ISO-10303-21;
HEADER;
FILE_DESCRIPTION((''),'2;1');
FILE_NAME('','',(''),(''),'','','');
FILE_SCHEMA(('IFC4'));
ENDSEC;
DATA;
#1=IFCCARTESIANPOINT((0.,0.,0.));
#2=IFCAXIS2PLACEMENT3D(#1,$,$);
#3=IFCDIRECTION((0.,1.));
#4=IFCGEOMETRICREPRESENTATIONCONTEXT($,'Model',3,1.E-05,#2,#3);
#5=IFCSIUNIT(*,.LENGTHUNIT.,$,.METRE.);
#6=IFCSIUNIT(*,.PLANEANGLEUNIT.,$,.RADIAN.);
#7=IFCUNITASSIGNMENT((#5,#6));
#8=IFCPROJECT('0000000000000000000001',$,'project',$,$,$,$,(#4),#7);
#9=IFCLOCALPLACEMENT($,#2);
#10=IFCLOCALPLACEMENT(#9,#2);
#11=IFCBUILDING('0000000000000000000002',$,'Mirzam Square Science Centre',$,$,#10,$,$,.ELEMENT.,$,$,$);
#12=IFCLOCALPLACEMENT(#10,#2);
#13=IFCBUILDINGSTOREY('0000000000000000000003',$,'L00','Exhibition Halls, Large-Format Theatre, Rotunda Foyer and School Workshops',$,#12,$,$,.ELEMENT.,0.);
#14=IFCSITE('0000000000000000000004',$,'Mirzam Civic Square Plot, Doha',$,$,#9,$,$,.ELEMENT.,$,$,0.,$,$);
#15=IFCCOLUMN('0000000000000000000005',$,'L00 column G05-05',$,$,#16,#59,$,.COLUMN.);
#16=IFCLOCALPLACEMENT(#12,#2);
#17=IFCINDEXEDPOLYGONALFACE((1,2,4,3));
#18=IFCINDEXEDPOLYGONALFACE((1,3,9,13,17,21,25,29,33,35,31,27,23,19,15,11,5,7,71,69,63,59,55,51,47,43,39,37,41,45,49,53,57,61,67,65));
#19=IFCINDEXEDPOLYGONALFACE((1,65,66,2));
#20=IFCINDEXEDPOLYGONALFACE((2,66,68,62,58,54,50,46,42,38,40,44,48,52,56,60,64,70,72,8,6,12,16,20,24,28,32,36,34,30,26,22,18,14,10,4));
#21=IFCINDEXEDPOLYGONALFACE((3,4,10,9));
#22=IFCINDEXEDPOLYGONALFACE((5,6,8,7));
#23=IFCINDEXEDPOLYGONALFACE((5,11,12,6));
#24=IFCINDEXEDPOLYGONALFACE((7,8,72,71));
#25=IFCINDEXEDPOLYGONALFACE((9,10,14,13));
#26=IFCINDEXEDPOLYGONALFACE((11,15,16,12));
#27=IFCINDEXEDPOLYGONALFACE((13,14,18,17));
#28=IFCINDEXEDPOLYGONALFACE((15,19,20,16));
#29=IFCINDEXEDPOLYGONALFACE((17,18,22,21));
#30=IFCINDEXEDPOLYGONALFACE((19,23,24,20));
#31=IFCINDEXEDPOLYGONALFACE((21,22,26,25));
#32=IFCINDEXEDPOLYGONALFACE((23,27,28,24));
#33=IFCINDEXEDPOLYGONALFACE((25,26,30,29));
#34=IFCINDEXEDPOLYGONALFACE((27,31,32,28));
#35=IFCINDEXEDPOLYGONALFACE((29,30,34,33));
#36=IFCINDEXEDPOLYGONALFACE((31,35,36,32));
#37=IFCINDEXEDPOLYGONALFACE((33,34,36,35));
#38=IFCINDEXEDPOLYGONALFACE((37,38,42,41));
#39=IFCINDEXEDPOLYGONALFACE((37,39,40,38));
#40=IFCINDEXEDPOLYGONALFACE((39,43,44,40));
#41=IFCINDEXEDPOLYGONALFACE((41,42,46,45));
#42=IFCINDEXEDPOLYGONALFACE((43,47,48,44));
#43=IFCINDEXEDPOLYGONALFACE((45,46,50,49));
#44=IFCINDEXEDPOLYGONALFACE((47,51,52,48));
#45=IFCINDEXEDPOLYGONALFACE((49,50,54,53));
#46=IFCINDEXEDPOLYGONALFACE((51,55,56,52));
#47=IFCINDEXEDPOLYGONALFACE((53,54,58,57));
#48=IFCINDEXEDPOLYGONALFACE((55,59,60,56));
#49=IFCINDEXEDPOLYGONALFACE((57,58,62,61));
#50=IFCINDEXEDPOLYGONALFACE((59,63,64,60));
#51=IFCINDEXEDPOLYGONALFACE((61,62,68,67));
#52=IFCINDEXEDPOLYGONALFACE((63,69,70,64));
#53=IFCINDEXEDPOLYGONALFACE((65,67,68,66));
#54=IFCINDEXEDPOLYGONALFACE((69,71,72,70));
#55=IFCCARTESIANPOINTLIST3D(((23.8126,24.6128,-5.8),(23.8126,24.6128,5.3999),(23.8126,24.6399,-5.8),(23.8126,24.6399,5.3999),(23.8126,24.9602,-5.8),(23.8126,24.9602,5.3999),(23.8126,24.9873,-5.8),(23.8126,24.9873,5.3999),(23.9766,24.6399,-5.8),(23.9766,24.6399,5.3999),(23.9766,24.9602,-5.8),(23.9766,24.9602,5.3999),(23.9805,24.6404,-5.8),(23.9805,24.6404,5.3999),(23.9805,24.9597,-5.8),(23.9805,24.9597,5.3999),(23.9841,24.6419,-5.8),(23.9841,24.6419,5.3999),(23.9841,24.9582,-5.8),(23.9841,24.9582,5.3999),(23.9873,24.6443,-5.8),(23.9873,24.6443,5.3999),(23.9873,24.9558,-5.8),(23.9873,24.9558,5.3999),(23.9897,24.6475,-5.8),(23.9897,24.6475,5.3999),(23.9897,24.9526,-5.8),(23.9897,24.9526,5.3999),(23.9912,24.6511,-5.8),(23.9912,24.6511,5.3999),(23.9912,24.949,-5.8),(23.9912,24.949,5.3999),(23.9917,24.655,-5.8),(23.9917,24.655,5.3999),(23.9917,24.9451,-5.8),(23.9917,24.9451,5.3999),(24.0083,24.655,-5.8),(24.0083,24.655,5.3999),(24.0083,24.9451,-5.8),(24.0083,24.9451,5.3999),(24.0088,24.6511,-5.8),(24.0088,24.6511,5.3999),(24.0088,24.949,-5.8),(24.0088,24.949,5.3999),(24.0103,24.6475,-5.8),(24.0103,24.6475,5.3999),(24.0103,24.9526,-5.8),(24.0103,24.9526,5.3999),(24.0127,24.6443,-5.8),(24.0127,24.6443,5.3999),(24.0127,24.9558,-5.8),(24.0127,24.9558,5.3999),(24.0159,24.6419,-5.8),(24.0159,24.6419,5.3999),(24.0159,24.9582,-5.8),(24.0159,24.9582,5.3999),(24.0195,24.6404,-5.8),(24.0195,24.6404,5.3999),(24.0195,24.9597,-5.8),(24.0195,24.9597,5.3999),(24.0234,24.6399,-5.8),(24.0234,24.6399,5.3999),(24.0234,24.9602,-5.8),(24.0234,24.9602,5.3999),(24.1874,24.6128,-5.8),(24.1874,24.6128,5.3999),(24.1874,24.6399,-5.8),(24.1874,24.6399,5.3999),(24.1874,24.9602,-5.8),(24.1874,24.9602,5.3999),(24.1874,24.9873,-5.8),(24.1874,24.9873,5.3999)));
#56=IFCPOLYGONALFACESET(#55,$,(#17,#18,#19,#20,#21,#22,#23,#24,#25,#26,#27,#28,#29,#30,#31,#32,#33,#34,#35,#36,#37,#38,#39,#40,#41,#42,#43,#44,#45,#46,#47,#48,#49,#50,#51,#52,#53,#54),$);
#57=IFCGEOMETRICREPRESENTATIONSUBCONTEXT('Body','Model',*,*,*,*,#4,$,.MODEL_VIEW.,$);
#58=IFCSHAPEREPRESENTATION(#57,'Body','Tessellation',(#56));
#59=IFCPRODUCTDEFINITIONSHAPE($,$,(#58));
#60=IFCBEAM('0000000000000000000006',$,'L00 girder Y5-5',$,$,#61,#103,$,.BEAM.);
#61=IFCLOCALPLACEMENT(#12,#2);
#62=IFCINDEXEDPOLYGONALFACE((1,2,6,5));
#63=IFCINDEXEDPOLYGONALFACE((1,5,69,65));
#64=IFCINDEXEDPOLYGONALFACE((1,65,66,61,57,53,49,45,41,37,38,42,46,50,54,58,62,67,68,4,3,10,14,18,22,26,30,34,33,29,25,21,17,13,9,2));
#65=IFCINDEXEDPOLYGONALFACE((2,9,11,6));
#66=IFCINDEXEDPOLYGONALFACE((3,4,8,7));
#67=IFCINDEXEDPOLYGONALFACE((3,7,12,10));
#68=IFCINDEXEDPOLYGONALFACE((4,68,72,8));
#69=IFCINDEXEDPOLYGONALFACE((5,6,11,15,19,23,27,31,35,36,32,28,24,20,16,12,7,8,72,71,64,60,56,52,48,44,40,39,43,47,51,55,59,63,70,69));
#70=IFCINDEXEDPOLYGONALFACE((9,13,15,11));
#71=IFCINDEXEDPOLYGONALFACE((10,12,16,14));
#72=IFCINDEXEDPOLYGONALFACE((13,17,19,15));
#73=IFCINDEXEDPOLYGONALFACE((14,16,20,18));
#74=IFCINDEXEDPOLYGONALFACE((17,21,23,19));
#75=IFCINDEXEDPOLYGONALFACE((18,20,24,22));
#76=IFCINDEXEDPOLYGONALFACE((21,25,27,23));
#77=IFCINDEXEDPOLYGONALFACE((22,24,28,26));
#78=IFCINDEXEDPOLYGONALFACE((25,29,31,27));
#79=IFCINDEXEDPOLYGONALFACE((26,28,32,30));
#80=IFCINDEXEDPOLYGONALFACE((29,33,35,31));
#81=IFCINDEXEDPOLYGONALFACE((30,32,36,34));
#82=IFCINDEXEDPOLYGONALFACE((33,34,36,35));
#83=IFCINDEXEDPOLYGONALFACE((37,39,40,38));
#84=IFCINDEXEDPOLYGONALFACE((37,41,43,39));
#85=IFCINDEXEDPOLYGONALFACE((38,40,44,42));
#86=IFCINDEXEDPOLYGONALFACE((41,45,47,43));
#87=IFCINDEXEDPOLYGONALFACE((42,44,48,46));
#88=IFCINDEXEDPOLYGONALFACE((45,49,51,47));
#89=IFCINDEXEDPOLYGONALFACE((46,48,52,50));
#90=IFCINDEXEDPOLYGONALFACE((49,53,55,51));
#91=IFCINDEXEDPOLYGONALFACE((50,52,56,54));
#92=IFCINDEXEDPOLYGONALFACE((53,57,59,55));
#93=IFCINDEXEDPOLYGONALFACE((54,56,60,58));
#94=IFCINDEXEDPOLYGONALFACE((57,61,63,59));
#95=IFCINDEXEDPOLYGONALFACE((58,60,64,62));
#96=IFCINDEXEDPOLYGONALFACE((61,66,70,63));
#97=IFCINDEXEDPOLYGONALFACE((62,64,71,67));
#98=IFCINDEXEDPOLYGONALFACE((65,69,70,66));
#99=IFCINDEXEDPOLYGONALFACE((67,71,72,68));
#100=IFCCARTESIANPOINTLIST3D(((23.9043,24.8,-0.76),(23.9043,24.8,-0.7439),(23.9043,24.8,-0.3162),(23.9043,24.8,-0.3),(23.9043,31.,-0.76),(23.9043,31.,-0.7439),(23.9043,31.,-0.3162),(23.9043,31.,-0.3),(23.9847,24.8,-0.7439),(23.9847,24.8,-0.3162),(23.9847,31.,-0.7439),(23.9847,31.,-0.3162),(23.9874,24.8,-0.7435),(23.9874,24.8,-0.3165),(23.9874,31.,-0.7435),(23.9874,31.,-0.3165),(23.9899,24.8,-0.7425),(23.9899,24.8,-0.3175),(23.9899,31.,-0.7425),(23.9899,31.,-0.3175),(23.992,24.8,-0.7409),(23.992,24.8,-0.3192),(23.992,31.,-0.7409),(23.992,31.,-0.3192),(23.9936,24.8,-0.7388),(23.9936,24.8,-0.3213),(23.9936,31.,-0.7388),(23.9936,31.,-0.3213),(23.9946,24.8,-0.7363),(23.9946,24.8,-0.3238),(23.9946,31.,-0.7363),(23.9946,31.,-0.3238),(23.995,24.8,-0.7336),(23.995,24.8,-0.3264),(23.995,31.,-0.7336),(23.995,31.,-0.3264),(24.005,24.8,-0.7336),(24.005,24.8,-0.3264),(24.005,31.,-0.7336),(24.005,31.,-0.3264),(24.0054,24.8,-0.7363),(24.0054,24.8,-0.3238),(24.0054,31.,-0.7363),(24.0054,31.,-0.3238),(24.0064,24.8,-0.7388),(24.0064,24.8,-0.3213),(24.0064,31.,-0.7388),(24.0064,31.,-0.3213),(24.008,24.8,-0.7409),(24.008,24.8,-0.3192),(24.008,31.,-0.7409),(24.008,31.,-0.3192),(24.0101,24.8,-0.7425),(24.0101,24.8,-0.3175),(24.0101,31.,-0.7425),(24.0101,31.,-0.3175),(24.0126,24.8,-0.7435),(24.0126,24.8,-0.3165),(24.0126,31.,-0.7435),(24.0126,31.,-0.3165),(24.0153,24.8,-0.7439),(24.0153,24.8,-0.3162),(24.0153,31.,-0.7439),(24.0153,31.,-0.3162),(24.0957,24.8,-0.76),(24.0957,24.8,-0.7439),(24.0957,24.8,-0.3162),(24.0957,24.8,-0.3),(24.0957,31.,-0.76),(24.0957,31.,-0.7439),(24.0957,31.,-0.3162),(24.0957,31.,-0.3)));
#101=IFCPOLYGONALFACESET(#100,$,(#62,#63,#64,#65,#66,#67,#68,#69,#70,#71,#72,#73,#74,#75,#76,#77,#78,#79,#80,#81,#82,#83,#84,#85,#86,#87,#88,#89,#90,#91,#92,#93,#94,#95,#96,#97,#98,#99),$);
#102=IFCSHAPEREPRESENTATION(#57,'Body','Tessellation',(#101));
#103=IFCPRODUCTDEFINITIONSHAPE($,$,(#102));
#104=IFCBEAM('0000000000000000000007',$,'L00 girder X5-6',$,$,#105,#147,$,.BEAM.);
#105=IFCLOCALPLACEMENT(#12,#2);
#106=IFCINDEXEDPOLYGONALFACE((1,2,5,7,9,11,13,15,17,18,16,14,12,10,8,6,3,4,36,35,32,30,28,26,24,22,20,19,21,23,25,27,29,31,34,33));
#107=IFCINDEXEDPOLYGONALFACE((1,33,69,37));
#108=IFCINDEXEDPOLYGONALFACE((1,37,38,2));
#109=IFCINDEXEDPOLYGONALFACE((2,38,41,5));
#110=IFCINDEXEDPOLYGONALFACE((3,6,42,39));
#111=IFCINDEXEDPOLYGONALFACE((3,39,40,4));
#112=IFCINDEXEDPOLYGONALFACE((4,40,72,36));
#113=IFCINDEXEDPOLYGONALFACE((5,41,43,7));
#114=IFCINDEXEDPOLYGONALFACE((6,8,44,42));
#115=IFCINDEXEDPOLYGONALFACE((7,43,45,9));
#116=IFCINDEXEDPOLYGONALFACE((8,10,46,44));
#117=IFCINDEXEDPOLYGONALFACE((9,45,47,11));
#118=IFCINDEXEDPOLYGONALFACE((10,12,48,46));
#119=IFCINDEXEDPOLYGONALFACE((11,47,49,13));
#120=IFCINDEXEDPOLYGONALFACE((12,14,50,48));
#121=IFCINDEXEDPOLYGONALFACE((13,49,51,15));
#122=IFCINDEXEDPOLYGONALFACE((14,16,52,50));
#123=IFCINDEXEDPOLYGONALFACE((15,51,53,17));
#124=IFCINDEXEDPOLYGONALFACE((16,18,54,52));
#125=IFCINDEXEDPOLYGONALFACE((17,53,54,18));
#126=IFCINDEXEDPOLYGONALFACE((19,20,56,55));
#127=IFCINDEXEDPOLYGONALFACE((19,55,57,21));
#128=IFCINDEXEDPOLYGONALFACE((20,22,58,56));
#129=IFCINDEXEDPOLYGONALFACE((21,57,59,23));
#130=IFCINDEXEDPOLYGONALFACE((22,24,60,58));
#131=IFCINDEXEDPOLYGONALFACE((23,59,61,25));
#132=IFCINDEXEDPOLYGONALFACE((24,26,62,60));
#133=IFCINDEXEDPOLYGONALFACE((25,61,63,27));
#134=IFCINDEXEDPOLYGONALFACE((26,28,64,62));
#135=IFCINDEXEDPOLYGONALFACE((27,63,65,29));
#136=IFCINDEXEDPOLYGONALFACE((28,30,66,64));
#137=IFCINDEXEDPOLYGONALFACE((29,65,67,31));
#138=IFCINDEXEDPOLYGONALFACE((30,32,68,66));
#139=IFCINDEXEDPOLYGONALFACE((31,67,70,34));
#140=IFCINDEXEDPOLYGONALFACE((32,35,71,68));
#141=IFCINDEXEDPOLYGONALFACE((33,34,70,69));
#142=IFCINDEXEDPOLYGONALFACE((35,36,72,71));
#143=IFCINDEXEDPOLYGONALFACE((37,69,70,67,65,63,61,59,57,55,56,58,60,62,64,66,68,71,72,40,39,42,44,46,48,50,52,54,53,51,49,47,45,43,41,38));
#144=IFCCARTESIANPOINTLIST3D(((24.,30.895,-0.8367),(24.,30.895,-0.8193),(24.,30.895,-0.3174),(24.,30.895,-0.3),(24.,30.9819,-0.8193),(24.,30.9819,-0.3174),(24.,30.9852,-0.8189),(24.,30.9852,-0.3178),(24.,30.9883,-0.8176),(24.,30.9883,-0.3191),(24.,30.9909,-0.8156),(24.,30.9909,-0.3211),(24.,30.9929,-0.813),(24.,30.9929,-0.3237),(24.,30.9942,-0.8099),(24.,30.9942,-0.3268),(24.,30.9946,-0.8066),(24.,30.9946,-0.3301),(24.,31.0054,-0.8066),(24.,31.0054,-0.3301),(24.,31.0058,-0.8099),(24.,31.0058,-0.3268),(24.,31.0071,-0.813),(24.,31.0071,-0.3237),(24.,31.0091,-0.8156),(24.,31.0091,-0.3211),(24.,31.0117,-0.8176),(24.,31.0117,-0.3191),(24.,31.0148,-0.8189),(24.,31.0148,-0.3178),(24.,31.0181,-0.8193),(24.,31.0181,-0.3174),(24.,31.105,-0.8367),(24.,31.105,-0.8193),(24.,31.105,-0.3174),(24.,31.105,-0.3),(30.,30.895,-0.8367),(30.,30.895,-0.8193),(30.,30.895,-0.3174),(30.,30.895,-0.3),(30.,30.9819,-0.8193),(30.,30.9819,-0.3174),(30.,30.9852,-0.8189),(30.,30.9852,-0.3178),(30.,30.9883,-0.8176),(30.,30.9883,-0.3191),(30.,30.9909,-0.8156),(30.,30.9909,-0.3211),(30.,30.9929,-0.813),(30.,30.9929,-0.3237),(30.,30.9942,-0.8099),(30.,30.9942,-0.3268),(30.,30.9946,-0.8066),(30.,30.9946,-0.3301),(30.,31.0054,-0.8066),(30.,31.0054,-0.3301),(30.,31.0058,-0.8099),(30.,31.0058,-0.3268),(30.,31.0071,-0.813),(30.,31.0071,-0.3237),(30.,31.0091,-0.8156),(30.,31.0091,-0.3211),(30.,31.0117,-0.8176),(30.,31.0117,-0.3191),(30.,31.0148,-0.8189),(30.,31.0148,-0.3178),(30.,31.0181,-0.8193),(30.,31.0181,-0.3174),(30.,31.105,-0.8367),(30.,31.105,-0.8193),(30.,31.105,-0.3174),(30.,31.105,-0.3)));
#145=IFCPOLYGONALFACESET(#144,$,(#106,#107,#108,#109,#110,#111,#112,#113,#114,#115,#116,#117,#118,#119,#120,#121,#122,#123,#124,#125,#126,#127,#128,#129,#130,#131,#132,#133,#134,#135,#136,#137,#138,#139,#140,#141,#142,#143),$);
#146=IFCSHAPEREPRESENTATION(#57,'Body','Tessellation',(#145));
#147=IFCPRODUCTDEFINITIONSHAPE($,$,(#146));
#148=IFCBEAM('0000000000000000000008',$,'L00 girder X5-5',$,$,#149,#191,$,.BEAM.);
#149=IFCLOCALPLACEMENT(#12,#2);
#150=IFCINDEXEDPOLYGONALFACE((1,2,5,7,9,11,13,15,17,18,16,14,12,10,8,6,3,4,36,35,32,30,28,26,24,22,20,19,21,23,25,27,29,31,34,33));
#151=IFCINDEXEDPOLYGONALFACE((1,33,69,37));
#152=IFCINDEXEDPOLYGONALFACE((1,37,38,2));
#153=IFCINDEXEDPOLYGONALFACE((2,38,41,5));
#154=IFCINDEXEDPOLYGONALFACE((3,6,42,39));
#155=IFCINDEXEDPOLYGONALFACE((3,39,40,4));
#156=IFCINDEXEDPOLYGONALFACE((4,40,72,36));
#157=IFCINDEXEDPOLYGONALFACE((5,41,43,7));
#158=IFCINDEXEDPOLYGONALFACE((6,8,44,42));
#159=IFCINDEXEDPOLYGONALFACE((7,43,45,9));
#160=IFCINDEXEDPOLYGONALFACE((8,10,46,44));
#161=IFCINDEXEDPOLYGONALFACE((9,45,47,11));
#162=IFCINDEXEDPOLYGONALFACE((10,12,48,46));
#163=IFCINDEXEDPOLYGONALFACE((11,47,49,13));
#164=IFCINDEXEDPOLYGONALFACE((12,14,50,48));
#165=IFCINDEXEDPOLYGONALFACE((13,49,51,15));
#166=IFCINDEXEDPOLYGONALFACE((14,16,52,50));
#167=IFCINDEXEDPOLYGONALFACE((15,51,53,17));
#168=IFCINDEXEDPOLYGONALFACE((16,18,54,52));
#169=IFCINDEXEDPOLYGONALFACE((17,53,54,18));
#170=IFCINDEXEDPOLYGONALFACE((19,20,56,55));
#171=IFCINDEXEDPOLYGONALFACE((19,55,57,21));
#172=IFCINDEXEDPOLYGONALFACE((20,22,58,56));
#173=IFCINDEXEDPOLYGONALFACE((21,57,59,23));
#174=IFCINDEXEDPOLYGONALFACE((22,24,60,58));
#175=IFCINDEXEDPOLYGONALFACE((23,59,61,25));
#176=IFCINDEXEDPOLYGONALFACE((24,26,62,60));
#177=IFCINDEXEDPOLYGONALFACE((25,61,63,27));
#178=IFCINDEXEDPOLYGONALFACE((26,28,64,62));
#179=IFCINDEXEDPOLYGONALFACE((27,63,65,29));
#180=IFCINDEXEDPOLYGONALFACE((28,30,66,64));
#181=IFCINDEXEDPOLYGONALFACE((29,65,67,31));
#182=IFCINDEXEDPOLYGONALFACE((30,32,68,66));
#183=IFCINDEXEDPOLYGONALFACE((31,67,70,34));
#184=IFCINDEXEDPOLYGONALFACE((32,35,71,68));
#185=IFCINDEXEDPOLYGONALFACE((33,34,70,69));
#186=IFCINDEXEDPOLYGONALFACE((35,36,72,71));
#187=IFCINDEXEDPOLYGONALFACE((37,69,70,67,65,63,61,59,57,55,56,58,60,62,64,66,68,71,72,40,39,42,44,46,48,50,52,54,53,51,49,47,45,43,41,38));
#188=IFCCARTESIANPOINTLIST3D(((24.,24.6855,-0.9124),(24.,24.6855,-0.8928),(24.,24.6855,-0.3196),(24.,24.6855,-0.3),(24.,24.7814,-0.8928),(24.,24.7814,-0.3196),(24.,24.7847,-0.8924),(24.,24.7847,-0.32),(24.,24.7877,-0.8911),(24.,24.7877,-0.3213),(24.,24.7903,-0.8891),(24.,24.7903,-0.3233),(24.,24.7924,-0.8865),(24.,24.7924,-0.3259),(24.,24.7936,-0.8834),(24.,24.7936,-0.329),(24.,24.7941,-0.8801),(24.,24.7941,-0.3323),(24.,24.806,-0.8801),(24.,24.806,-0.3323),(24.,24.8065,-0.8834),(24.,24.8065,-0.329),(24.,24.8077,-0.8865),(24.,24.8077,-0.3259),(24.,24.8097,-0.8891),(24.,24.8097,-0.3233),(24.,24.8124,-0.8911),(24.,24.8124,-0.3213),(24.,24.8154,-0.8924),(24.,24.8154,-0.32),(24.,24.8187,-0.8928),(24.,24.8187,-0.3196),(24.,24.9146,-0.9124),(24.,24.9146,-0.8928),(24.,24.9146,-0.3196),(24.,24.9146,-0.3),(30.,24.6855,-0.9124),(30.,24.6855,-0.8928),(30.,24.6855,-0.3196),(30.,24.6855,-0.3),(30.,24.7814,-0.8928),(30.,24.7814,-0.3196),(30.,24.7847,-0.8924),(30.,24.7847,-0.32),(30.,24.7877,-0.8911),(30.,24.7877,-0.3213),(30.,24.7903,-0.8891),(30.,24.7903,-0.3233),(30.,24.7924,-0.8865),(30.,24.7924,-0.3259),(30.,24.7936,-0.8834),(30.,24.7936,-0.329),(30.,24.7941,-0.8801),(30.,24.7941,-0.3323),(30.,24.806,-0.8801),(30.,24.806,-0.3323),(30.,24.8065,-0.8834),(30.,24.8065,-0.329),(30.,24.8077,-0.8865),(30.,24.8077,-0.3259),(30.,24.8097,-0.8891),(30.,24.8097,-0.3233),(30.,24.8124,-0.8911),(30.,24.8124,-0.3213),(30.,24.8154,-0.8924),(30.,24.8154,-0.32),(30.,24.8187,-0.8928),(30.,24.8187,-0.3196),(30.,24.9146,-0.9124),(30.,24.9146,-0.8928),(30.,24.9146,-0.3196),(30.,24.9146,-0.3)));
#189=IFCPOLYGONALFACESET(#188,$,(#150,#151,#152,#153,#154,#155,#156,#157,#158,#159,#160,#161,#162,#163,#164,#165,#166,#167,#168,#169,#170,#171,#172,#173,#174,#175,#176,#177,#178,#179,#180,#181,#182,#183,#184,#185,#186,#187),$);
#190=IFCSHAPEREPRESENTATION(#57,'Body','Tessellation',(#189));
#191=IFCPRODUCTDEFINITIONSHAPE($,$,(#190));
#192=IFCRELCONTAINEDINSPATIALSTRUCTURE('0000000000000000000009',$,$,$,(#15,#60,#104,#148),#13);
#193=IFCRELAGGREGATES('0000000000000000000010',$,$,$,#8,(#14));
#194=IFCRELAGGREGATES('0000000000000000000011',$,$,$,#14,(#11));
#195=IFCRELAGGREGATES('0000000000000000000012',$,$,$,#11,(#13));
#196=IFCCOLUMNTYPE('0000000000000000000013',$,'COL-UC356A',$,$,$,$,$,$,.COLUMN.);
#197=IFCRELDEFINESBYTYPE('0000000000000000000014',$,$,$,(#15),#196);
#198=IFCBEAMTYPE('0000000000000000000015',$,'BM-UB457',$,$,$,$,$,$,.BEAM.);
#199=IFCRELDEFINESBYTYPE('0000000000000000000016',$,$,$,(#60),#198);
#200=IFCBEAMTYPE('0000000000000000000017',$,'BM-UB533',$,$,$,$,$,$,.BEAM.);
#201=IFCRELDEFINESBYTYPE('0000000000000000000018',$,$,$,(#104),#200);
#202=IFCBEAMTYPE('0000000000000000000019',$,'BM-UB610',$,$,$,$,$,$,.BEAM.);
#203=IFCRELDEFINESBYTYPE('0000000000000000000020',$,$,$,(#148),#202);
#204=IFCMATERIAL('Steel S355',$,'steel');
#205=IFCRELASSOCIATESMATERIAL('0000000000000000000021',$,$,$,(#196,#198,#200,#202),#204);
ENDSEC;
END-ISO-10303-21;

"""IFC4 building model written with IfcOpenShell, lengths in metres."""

from ifc_helpers import new_model, si_unit, direction, frame, origin, origin_2d, place, context, subcontext, project, spatial, i_section, extrude, material, material_profile, profile_set, type_object, element, save


model = new_model("IFC4")

# Units and contexts
model_context = context("Model", 3, precision=1e-05, world=origin(), true_north=direction((0.0, 1.0)))
body_context = subcontext(model_context, "Body", "Model", "MODEL_VIEW")
ifc_project = project(units=[si_unit("LENGTHUNIT", "METRE"), si_unit("PLANEANGLEUNIT", "RADIAN")], contexts=[model_context])

# Site, building, storey
site_placement = place(None, origin())
site = spatial("IfcSite", under=ifc_project, at=site_placement, Name="Mirzam Civic Square Plot, Doha", CompositionType="ELEMENT", RefElevation=0.0)
building_placement = place(site_placement, origin())
building = spatial("IfcBuilding", under=site, at=building_placement, Name="Mirzam Square Science Centre", CompositionType="ELEMENT")
storey_placement = place(building_placement, origin())
storey = spatial("IfcBuildingStorey", under=building, at=storey_placement, Name="L00", Description="Exhibition Halls, Large-Format Theatre, Rotunda Foyer and School Workshops", CompositionType="ELEMENT", Elevation=0.0)

# Column
ifc_material_1 = material(Name="Steel S355", Category="steel")
ifc_material_profile_1 = material_profile(ifc_material_1, i_section(OverallWidth=0.3748, OverallDepth=0.3745, WebThickness=0.0166, FlangeThickness=0.0271, FilletRadius=0.0151, at=origin_2d()), Name="356x368x202UC")
ifc_profile_set_1 = profile_set([ifc_material_profile_1], Name="Steel S355")
column_type_1 = type_object("IfcColumnType", Name="COL-UC356A", PredefinedType="COLUMN", material=ifc_profile_set_1)
column_1_placement = place(storey_placement, frame((24.0, 24.8, -5.8), z_axis=(0.0, 0.0, 1.0), x_axis=(1.0, 0.0, 0.0)))
element("IfcColumn", 1, at=column_1_placement, inside=storey, type_object=column_type_1, Name="L00 column G05-05", PredefinedType="COLUMN", context=body_context, shape_type="SweptSolid", body=[
    extrude(i_section(OverallWidth=0.3748, OverallDepth=0.3745, WebThickness=0.0166, FlangeThickness=0.0271, FilletRadius=0.0151, at=origin_2d()), origin(), (0.0, 0.0, 1.0), 11.2),
])

# Beams
ifc_material_profile_2 = material_profile(ifc_material_1, i_section(OverallWidth=0.1914, OverallDepth=0.46, WebThickness=0.01, FlangeThickness=0.0161, FilletRadius=0.0103, at=origin_2d()), Name="457x191x82UB")
ifc_profile_set_2 = profile_set([ifc_material_profile_2], Name="Steel S355")
beam_type_1 = type_object("IfcBeamType", Name="BM-UB457", PredefinedType="BEAM", material=ifc_profile_set_2)
beam_1_placement = place(storey_placement, frame((24.0, 24.8, -0.53), z_axis=(0.0, 1.0, 0.0), x_axis=(-1.0, 0.0, 0.0)))
element("IfcBeam", 2, at=beam_1_placement, inside=storey, type_object=beam_type_1, Name="L00 girder Y5-5", PredefinedType="BEAM", context=body_context, shape_type="SweptSolid", body=[
    extrude(i_section(OverallWidth=0.1914, OverallDepth=0.46, WebThickness=0.01, FlangeThickness=0.0161, FilletRadius=0.0103, at=origin_2d()), origin(), (0.0, 0.0, 1.0), 6.2),
])
ifc_material_profile_3 = material_profile(ifc_material_1, i_section(OverallWidth=0.21, OverallDepth=0.5366, WebThickness=0.0107, FlangeThickness=0.0173, FilletRadius=0.0127, at=origin_2d()), Name="533x210x101UB")
ifc_profile_set_3 = profile_set([ifc_material_profile_3], Name="Steel S355")
beam_type_2 = type_object("IfcBeamType", Name="BM-UB533", PredefinedType="BEAM", material=ifc_profile_set_3)
beam_2_placement = place(storey_placement, frame((24.0, 31.0, -0.5684), z_axis=(1.0, 0.0, 0.0), x_axis=(0.0, 1.0, 0.0)))
element("IfcBeam", 3, at=beam_2_placement, inside=storey, type_object=beam_type_2, Name="L00 girder X5-6", PredefinedType="BEAM", context=body_context, shape_type="SweptSolid", body=[
    extrude(i_section(OverallWidth=0.21, OverallDepth=0.5366, WebThickness=0.0107, FlangeThickness=0.0173, FilletRadius=0.0127, at=origin_2d()), origin(), (0.0, 0.0, 1.0), 6.0),
])
ifc_material_profile_4 = material_profile(ifc_material_1, i_section(OverallWidth=0.229, OverallDepth=0.6123, WebThickness=0.012, FlangeThickness=0.0195, FilletRadius=0.0127, at=origin_2d()), Name="610x229x125UB")
ifc_profile_set_4 = profile_set([ifc_material_profile_4], Name="Steel S355")
beam_type_3 = type_object("IfcBeamType", Name="BM-UB610", PredefinedType="BEAM", material=ifc_profile_set_4)
beam_3_placement = place(storey_placement, frame((24.0, 24.8, -0.6062), z_axis=(1.0, 0.0, 0.0), x_axis=(0.0, 1.0, 0.0)))
element("IfcBeam", 4, at=beam_3_placement, inside=storey, type_object=beam_type_3, Name="L00 girder X5-5", PredefinedType="BEAM", context=body_context, shape_type="SweptSolid", body=[
    extrude(i_section(OverallWidth=0.229, OverallDepth=0.6123, WebThickness=0.012, FlangeThickness=0.0195, FilletRadius=0.0127, at=origin_2d()), origin(), (0.0, 0.0, 1.0), 6.0),
])

save(model, "model.ifc")
